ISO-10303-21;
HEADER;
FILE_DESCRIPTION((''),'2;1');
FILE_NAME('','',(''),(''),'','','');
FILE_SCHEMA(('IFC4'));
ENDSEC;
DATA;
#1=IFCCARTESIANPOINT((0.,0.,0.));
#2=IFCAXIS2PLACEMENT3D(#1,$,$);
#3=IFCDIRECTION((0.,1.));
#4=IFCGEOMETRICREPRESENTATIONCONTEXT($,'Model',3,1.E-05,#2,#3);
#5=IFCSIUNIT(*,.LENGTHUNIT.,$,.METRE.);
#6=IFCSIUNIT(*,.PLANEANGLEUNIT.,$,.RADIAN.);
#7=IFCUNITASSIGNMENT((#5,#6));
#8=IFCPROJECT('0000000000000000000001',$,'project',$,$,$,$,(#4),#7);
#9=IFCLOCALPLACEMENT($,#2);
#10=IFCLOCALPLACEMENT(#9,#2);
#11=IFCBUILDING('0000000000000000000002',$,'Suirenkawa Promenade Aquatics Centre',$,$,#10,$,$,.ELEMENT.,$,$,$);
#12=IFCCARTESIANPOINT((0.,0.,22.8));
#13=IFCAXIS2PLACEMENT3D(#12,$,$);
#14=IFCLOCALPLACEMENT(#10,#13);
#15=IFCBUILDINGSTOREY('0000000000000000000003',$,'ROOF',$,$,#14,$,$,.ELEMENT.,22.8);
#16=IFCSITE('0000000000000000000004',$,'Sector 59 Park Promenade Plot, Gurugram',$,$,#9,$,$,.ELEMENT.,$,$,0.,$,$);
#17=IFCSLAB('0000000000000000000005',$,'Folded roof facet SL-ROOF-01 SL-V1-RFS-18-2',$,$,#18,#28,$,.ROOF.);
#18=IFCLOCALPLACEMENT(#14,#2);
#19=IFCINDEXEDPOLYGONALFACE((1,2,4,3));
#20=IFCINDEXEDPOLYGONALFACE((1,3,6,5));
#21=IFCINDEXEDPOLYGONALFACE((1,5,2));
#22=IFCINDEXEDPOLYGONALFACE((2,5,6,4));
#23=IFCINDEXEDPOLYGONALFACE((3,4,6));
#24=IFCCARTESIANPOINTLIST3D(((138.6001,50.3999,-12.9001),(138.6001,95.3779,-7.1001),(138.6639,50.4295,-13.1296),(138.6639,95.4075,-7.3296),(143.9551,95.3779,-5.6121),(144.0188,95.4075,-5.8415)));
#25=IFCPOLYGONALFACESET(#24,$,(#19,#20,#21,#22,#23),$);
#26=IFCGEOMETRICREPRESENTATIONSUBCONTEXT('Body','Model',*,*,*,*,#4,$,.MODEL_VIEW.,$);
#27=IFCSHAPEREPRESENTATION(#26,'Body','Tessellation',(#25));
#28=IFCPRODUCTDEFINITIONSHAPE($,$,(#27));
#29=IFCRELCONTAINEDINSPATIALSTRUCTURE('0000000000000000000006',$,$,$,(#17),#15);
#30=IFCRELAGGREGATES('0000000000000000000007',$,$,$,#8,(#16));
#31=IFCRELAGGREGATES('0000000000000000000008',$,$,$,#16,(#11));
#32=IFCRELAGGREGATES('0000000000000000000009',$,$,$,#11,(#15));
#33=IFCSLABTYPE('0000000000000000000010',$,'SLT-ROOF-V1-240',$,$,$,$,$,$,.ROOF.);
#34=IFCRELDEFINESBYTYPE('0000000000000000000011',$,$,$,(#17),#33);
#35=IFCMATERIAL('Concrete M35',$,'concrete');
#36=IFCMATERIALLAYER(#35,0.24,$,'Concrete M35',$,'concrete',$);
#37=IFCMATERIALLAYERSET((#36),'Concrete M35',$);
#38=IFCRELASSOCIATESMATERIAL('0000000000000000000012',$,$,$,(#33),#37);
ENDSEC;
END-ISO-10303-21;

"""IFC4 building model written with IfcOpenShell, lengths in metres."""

from ifc_helpers import new_model, si_unit, direction, frame, origin, place, context, subcontext, project, spatial, polyline, outline, extrude, material, layer, layer_set, type_object, element, save


model = new_model("IFC4")

# Units and contexts
model_context = context("Model", 3, precision=1e-05, world=origin(), true_north=direction((0.0, 1.0)))
body_context = subcontext(model_context, "Body", "Model", "MODEL_VIEW")
ifc_project = project(units=[si_unit("LENGTHUNIT", "METRE"), si_unit("PLANEANGLEUNIT", "RADIAN")], contexts=[model_context])

# Site, building, storey
site_placement = place(None, origin())
site = spatial("IfcSite", under=ifc_project, at=site_placement, Name="Sector 59 Park Promenade Plot, Gurugram", CompositionType="ELEMENT", RefElevation=0.0)
building_placement = place(site_placement, origin())
building = spatial("IfcBuilding", under=site, at=building_placement, Name="Suirenkawa Promenade Aquatics Centre", CompositionType="ELEMENT")
storey_placement = place(building_placement, frame((0.0, 0.0, 22.8)))
storey = spatial("IfcBuildingStorey", under=building, at=storey_placement, Name="ROOF", CompositionType="ELEMENT", Elevation=22.8)

# Slab
ifc_material_1 = material(Name="Concrete M35", Category="concrete")
ifc_layer_1 = layer(ifc_material_1, 0.24, Name="Concrete M35", Category="concrete")
ifc_layer_set_1 = layer_set([ifc_layer_1], Name="Concrete M35")
slab_type = type_object("IfcSlabType", Name="SLT-ROOF-V1-240", PredefinedType="ROOF", material=ifc_layer_set_1)
slab_1_placement = place(storey_placement, frame((138.6001, 50.3999, -12.9001), z_axis=(-0.265692, -0.123297, 0.956141), x_axis=(0.116722, 0.980378, 0.158857)))
element("IfcSlab", 1, at=slab_1_placement, inside=storey, type_object=slab_type, Name="Folded roof facet SL-ROOF-01 SL-V1-RFS-18-2", PredefinedType="ROOF", context=body_context, shape_type="SweptSolid", body=[
    extrude(outline(polyline([(0.0, 0.0), (45.8783, 0.0), (45.0168, 5.4907), (0.0, 0.0)])), origin(), (0.0, 0.0, -1.0), 0.24),
])

save(model, "model.ifc")
